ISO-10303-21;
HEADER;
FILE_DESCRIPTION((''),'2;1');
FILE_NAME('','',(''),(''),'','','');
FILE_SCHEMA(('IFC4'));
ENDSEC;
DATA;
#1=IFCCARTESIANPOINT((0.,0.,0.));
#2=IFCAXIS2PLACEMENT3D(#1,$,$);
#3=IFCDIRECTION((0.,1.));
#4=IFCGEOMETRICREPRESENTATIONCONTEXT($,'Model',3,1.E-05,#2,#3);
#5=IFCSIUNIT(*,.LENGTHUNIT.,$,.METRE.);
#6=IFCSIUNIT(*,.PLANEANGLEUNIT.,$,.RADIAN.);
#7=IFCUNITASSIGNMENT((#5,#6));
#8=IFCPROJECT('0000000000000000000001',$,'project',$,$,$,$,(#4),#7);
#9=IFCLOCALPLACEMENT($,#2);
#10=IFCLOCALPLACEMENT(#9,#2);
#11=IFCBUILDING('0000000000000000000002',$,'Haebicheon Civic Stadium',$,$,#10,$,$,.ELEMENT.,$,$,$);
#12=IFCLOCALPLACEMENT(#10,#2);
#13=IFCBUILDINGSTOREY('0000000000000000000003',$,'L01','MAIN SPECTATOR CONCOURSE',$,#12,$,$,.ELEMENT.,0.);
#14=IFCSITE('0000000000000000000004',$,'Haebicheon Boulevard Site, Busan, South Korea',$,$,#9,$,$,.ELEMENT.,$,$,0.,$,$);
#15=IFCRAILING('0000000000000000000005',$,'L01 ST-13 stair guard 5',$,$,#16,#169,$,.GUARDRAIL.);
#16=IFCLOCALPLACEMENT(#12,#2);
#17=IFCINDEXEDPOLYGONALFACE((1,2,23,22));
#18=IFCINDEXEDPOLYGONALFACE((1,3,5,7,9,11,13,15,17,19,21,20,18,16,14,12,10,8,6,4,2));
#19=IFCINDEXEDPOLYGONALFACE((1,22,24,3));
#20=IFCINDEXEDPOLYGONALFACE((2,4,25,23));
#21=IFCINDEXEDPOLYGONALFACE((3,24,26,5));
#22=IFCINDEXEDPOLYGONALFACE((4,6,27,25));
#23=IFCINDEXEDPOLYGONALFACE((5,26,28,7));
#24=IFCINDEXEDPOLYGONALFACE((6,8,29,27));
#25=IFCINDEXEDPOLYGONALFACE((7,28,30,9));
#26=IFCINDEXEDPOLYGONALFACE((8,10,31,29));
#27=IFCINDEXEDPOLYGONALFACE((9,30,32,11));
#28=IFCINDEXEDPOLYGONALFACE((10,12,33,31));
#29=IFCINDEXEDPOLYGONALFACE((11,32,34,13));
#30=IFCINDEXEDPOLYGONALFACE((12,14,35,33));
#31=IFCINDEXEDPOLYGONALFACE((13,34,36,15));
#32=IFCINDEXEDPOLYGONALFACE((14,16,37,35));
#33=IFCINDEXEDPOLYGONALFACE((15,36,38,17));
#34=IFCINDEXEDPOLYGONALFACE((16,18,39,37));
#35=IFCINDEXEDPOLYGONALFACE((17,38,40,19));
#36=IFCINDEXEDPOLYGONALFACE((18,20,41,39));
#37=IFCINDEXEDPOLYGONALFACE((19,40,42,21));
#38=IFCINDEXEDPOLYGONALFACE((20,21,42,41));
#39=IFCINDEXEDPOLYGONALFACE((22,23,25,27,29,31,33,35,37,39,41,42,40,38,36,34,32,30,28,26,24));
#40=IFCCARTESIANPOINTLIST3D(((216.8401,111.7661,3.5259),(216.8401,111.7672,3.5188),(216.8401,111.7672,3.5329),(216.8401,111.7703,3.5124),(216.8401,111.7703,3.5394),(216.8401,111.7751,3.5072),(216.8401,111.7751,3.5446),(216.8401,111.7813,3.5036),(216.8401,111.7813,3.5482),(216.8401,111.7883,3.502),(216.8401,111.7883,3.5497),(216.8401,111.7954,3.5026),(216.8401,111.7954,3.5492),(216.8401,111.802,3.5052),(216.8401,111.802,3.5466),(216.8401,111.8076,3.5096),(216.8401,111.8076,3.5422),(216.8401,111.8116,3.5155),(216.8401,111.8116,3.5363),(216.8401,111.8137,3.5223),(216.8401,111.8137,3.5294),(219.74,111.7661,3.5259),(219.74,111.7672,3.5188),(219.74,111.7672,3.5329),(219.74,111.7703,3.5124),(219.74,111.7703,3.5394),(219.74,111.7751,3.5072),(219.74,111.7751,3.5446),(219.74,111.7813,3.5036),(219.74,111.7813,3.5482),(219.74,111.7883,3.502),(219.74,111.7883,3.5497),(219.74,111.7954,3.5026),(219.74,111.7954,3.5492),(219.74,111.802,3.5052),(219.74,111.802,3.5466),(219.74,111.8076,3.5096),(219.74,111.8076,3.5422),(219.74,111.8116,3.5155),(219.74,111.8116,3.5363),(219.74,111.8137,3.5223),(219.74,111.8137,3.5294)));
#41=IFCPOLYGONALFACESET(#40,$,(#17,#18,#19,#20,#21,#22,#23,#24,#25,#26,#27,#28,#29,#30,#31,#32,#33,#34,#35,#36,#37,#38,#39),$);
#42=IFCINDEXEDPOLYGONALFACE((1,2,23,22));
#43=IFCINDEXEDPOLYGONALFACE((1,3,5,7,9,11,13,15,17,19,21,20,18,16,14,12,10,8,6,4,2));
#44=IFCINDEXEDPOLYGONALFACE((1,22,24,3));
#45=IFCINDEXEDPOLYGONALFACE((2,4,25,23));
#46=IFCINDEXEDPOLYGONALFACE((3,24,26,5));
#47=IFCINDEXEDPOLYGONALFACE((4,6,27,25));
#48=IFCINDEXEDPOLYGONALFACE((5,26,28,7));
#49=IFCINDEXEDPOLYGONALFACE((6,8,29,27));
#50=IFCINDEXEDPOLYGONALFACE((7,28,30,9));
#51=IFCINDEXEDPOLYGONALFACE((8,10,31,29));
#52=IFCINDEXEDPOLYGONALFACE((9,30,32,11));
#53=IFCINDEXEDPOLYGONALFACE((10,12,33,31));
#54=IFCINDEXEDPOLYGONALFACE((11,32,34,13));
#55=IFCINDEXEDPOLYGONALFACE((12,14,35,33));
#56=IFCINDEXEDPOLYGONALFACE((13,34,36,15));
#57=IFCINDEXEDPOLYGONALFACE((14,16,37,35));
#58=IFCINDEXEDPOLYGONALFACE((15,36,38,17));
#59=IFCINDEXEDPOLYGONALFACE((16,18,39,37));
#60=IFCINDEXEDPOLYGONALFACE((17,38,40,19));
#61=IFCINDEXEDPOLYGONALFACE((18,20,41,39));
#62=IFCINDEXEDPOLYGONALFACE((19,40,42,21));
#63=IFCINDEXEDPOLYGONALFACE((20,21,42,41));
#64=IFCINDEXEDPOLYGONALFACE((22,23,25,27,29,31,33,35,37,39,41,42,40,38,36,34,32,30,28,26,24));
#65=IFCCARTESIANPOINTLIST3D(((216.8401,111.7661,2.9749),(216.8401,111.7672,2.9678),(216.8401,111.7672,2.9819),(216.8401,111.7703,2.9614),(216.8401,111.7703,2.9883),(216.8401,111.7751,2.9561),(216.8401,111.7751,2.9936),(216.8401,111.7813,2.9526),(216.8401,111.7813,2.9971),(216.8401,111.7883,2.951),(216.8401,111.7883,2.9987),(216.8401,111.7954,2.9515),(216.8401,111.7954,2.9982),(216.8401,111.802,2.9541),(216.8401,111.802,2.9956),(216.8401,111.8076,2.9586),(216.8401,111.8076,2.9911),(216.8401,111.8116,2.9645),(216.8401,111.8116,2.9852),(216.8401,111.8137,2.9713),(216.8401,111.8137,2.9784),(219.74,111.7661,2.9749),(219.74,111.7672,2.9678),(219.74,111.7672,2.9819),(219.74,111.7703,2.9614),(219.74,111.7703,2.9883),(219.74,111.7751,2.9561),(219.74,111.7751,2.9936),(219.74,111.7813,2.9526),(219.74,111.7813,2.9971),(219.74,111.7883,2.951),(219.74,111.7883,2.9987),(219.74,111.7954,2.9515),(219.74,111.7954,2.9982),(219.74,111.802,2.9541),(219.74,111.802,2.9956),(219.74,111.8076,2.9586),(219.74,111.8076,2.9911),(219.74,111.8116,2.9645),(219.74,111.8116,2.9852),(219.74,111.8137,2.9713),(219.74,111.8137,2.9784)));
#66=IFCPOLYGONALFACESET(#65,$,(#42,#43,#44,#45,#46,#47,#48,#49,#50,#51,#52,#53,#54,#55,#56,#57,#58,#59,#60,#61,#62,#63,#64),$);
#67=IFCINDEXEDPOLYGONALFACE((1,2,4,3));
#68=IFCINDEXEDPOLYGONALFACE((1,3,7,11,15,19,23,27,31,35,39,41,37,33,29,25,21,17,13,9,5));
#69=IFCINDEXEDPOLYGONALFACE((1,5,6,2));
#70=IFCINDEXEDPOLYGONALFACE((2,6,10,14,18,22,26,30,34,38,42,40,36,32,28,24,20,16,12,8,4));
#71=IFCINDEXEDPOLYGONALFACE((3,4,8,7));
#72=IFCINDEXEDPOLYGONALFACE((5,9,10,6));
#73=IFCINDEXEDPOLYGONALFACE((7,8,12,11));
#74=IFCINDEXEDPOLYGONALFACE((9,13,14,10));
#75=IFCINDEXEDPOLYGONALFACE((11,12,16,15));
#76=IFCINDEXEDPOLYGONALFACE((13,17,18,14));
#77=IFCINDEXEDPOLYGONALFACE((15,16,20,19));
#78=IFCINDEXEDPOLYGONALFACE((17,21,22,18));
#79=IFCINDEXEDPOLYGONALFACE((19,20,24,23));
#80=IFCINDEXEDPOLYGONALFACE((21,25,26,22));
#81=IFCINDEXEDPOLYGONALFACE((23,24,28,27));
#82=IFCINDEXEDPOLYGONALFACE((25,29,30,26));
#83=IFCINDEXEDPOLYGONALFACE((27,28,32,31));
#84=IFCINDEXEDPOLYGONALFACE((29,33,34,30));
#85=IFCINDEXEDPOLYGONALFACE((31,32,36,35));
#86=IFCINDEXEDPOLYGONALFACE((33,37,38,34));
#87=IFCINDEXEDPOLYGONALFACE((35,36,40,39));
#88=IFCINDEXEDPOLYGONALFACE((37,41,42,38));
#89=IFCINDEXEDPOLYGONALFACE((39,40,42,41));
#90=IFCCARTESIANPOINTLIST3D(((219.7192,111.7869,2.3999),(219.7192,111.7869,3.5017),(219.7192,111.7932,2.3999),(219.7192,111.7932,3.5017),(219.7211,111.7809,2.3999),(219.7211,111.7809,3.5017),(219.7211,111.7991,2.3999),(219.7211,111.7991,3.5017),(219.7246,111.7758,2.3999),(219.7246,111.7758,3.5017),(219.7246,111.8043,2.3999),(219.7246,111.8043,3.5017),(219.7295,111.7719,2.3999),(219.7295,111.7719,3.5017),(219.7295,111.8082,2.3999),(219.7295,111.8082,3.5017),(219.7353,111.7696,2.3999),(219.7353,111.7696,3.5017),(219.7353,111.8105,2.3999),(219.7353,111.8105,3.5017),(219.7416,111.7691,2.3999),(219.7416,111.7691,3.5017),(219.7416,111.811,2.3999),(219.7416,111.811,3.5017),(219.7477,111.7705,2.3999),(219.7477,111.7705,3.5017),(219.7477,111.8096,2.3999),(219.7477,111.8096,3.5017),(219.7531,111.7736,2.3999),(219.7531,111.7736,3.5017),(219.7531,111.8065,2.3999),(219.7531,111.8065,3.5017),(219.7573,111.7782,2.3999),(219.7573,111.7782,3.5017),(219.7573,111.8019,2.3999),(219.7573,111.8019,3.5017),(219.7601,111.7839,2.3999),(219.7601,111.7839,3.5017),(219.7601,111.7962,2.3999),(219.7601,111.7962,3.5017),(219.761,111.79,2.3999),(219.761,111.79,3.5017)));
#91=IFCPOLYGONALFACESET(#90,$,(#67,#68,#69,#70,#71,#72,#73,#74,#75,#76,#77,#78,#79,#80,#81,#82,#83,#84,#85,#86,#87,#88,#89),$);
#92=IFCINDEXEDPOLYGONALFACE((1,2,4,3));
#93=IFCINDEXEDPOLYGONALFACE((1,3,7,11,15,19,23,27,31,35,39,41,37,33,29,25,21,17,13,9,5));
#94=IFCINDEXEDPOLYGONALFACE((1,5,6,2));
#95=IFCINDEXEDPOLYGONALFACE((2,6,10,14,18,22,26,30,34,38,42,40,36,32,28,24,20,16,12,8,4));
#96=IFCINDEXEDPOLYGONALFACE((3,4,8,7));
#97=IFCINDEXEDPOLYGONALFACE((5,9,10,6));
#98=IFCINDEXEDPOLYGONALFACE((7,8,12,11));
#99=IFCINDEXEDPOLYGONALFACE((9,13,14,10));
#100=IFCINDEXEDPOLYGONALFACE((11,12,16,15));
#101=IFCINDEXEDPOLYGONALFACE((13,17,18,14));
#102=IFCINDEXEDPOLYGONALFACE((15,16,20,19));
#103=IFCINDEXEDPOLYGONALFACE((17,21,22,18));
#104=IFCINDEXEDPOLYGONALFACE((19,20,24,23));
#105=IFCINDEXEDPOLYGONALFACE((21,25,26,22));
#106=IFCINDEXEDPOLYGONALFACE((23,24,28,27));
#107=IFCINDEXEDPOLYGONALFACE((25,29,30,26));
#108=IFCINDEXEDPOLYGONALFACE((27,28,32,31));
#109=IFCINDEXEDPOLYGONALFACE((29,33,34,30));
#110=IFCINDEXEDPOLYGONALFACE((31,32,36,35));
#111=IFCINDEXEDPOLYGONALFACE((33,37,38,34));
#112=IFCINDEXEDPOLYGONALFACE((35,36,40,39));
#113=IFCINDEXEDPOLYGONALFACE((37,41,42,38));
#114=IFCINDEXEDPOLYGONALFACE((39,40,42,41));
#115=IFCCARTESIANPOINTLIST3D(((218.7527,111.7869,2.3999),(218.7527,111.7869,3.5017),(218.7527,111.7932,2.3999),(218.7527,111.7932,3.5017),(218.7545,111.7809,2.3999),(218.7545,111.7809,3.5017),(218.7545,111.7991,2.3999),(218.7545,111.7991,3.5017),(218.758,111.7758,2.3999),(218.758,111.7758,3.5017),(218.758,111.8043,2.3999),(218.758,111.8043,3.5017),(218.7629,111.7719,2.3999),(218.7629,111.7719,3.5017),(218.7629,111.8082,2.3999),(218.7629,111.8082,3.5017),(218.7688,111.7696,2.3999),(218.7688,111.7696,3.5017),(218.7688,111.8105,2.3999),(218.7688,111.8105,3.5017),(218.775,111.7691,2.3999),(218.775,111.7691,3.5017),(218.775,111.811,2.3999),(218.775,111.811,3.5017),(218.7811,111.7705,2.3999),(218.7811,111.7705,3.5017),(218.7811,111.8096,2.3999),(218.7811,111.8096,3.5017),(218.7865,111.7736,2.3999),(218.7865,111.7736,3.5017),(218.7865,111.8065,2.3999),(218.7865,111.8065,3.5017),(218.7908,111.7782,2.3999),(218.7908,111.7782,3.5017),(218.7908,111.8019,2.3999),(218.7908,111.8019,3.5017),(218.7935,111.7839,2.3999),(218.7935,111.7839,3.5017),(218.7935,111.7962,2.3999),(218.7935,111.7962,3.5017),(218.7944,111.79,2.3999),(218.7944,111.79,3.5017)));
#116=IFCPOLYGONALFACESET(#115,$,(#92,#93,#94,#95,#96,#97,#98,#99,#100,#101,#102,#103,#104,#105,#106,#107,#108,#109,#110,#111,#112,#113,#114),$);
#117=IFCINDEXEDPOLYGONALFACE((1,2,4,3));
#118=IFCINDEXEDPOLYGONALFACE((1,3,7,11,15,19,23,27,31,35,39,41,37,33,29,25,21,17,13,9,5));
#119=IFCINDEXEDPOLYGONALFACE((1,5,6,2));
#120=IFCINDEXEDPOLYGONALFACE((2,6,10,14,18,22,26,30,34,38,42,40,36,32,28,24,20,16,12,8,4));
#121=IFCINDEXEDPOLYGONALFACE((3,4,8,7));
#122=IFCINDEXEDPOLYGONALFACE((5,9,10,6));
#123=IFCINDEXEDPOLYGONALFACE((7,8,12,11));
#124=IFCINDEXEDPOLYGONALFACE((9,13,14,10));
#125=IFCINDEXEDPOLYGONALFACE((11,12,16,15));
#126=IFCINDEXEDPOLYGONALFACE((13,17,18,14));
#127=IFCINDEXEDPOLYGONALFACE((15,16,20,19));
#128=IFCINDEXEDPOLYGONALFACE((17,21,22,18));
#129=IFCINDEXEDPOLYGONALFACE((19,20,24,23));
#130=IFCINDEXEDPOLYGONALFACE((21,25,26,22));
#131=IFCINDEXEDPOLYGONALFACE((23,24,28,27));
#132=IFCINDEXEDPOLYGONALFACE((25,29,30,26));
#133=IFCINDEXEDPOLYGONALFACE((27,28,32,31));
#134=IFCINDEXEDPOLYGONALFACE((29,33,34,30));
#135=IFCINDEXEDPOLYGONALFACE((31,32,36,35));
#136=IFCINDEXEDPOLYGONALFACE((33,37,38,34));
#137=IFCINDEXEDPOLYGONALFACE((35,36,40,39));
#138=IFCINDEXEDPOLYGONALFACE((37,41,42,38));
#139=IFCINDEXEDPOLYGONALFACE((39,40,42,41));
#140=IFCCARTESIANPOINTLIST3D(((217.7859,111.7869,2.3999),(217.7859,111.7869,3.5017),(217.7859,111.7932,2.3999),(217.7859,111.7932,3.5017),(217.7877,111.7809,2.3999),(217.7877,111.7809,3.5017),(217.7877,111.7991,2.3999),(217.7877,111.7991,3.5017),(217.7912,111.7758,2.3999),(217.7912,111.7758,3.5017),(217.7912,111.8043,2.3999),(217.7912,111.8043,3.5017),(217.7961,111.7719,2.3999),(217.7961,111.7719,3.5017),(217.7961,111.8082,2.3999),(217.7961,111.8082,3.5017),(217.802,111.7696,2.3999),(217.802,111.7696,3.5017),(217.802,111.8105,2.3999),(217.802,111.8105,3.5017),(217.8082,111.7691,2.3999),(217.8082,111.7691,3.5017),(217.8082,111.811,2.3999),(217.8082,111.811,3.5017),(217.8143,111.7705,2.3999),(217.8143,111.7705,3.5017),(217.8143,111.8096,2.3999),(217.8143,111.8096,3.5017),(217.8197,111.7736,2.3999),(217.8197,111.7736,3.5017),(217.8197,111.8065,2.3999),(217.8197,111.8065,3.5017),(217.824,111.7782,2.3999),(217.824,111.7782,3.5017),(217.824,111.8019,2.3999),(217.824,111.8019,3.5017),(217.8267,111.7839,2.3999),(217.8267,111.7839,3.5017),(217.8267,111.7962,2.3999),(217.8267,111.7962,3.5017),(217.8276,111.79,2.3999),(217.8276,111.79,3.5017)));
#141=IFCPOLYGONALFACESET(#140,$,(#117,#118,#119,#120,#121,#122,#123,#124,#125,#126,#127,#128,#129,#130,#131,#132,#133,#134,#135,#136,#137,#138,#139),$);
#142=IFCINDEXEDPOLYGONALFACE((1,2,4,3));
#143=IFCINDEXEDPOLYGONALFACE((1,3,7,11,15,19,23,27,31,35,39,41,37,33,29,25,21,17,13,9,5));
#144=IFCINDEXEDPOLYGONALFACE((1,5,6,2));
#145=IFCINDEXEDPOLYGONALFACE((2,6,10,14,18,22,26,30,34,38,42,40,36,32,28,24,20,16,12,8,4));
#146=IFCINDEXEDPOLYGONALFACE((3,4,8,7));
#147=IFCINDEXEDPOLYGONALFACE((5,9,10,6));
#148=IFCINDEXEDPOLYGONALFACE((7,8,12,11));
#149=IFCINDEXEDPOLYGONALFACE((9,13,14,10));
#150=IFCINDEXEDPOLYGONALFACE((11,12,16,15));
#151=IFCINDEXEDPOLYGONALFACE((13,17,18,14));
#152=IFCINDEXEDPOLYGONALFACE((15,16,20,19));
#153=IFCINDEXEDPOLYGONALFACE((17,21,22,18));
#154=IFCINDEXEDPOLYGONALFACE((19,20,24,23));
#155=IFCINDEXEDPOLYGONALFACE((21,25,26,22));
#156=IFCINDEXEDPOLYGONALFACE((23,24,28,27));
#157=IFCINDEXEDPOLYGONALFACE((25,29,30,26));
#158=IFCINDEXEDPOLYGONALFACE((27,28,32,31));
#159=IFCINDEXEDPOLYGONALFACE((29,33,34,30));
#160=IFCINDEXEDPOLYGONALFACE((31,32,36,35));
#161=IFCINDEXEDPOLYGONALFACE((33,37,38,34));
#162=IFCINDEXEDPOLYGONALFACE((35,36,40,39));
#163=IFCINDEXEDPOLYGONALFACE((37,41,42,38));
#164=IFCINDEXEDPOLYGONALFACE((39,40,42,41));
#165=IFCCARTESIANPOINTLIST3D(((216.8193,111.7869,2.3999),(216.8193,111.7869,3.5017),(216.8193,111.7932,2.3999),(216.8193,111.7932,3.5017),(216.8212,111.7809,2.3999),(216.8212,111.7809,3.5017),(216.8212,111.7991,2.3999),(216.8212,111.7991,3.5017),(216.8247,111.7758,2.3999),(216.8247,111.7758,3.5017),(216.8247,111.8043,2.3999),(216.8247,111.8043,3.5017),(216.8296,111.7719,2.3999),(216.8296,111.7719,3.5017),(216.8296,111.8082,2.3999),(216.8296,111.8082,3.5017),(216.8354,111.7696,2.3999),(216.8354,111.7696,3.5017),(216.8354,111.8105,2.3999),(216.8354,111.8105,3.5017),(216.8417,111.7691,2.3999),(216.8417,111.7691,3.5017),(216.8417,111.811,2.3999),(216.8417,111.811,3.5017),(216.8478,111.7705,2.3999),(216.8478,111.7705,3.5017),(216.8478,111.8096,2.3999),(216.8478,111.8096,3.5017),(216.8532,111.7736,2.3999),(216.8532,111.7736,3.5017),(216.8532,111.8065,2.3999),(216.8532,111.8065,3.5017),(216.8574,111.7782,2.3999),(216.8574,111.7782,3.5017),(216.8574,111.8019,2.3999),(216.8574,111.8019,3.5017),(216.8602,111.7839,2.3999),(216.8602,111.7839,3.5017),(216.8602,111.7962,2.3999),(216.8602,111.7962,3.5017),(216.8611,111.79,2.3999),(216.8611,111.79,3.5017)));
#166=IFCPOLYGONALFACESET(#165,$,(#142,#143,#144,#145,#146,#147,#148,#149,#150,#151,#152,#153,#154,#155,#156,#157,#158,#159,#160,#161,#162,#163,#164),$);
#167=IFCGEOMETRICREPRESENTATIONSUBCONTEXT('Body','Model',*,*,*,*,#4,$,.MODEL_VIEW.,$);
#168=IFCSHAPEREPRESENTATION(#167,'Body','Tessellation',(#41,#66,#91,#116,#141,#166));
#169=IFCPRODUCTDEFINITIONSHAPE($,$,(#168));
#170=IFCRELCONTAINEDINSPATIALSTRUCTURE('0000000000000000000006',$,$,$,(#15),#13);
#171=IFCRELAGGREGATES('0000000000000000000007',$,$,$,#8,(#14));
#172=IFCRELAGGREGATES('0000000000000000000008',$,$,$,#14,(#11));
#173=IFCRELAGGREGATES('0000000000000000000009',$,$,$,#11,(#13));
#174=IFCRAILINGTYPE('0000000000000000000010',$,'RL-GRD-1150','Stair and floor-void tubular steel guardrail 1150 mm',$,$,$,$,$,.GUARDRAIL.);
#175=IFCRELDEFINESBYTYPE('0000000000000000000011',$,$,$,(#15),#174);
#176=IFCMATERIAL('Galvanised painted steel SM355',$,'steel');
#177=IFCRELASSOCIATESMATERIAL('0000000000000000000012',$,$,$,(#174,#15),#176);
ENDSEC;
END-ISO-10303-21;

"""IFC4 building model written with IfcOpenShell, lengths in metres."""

from ifc_helpers import new_model, si_unit, direction, frame, origin, origin_2d, place, context, subcontext, project, spatial, circle, extrude, material, type_object, element, save


model = new_model("IFC4")

# Units and contexts
model_context = context("Model", 3, precision=1e-05, world=origin(), true_north=direction((0.0, 1.0)))
body_context = subcontext(model_context, "Body", "Model", "MODEL_VIEW")
ifc_project = project(units=[si_unit("LENGTHUNIT", "METRE"), si_unit("PLANEANGLEUNIT", "RADIAN")], contexts=[model_context])

# Site, building, storey
site_placement = place(None, origin())
site = spatial("IfcSite", under=ifc_project, at=site_placement, Name="Haebicheon Boulevard Site, Busan, South Korea", CompositionType="ELEMENT", RefElevation=0.0)
building_placement = place(site_placement, origin())
building = spatial("IfcBuilding", under=site, at=building_placement, Name="Haebicheon Civic Stadium", CompositionType="ELEMENT")
storey_placement = place(building_placement, origin())
storey = spatial("IfcBuildingStorey", under=building, at=storey_placement, Name="L01", Description="MAIN SPECTATOR CONCOURSE", CompositionType="ELEMENT", Elevation=0.0)

# Railing
ifc_material_1 = material(Name="Galvanised painted steel SM355", Category="steel")
railing_type_1 = type_object("IfcRailingType", Name="RL-GRD-1150", Description="Stair and floor-void tubular steel guardrail 1150 mm", PredefinedType="GUARDRAIL", material=ifc_material_1)
railing_1_placement = place(storey_placement, frame((219.74, 111.79, 2.3999)))
element("IfcRailing", 1, at=railing_1_placement, inside=storey, type_object=railing_type_1, material=ifc_material_1, Name="L01 ST-13 stair guard 5", PredefinedType="GUARDRAIL", context=body_context, shape_type="SweptSolid", body=[
    extrude(circle(Radius=0.0239, at=origin_2d()), frame((0.0, 0.0, 1.126), z_axis=(-1.0, 0.0, 0.0), x_axis=(0.0, -1.0, 0.0)), (0.0, 0.0, 1.0), 2.8999),
    extrude(circle(Radius=0.0239, at=origin_2d()), frame((0.0, 0.0, 0.575), z_axis=(-1.0, 0.0, 0.0), x_axis=(0.0, -1.0, 0.0)), (0.0, 0.0, 1.0), 2.8999),
    extrude(circle(Radius=0.021, at=origin_2d()), origin(), (0.0, 0.0, 1.0), 1.1018),
    extrude(circle(Radius=0.021, at=origin_2d()), frame((-0.9666, 0.0, 0.0)), (0.0, 0.0, 1.0), 1.1018),
    extrude(circle(Radius=0.021, at=origin_2d()), frame((-1.9333, 0.0, 0.0)), (0.0, 0.0, 1.0), 1.1018),
    extrude(circle(Radius=0.021, at=origin_2d()), frame((-2.8999, 0.0, 0.0)), (0.0, 0.0, 1.0), 1.1018),
])

save(model, "model.ifc")
